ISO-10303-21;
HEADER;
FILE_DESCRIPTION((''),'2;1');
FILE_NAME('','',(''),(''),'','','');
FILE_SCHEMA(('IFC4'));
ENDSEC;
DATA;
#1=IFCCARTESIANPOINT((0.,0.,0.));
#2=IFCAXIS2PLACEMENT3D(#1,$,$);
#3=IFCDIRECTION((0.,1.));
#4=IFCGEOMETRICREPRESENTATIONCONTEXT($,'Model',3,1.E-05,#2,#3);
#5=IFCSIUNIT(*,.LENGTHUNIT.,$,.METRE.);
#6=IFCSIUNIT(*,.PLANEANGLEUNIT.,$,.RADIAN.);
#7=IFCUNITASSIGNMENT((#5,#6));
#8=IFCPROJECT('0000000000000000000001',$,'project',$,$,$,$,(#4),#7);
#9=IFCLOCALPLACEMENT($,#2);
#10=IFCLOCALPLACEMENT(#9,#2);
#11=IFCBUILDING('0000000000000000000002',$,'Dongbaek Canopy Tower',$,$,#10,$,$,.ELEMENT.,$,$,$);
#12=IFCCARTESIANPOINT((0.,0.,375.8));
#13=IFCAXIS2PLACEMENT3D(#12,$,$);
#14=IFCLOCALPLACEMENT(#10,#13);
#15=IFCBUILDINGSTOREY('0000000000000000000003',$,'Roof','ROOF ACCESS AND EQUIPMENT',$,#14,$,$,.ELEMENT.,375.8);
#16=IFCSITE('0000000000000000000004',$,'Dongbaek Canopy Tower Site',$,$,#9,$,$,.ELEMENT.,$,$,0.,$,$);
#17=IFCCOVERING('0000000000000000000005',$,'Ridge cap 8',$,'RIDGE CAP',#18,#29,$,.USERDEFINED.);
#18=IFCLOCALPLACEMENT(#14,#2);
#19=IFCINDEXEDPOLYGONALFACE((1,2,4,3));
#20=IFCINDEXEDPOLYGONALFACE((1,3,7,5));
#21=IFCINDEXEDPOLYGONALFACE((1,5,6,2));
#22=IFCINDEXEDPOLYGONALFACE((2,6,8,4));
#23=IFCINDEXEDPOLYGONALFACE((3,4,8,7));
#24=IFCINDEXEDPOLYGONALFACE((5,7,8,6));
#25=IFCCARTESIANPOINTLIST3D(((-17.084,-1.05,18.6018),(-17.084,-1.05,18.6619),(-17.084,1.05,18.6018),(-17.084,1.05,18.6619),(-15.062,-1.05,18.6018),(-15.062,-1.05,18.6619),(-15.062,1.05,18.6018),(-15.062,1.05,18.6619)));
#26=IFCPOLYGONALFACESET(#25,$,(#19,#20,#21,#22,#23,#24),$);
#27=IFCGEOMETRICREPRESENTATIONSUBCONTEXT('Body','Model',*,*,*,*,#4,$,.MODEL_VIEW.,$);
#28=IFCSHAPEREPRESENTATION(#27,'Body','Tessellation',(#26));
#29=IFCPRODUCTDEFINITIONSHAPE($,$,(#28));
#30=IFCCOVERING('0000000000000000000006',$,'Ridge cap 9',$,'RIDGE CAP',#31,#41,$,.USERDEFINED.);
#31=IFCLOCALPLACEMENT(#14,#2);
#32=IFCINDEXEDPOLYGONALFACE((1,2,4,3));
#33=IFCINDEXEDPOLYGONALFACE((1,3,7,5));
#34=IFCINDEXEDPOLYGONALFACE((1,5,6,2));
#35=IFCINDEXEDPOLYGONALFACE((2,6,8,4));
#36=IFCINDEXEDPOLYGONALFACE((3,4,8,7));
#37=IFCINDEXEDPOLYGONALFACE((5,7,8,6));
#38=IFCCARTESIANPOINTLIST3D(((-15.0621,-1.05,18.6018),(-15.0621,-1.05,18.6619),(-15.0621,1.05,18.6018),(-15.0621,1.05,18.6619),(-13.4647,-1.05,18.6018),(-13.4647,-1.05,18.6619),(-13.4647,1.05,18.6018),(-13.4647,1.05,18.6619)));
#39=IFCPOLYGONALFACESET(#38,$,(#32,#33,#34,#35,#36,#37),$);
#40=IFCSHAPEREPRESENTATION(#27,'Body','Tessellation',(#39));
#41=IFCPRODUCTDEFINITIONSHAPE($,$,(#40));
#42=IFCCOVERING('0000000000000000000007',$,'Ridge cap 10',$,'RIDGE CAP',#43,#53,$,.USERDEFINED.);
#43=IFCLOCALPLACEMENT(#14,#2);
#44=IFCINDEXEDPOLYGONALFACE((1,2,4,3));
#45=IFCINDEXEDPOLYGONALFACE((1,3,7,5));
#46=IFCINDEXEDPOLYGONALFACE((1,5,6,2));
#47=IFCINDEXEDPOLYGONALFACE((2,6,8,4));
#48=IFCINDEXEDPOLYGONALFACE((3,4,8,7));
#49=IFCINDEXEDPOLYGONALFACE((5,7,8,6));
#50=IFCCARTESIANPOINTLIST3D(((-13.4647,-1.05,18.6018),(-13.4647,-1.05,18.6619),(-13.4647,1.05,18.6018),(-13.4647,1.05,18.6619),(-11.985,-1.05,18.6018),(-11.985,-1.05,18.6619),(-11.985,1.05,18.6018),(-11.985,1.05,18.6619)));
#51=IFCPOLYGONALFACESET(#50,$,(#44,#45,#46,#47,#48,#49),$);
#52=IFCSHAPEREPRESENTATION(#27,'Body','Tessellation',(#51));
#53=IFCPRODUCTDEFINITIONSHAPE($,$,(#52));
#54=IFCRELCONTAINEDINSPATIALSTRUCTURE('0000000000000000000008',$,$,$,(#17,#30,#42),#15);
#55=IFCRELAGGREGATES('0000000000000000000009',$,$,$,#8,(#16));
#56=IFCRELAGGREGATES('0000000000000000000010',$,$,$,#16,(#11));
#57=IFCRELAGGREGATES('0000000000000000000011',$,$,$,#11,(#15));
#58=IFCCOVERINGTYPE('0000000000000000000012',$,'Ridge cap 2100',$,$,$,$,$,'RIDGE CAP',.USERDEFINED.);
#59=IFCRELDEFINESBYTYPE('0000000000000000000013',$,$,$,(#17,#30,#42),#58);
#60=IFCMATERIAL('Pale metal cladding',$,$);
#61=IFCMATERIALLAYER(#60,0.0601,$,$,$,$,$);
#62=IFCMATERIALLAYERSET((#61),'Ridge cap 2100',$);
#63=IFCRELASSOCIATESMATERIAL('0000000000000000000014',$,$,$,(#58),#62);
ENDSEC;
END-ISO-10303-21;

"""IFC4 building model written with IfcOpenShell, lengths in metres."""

from ifc_helpers import new_model, si_unit, direction, frame, origin, origin_2d, place, context, subcontext, project, spatial, rectangle, extrude, material, layer, layer_set, type_object, element, save


model = new_model("IFC4")

# Units and contexts
model_context = context("Model", 3, precision=1e-05, world=origin(), true_north=direction((0.0, 1.0)))
body_context = subcontext(model_context, "Body", "Model", "MODEL_VIEW")
ifc_project = project(units=[si_unit("LENGTHUNIT", "METRE"), si_unit("PLANEANGLEUNIT", "RADIAN")], contexts=[model_context])

# Site, building, storey
site_placement = place(None, origin())
site = spatial("IfcSite", under=ifc_project, at=site_placement, Name="Dongbaek Canopy Tower Site", CompositionType="ELEMENT", RefElevation=0.0)
building_placement = place(site_placement, origin())
building = spatial("IfcBuilding", under=site, at=building_placement, Name="Dongbaek Canopy Tower", CompositionType="ELEMENT")
storey_placement = place(building_placement, frame((0.0, 0.0, 375.8)))
storey = spatial("IfcBuildingStorey", under=building, at=storey_placement, Name="Roof", Description="ROOF ACCESS AND EQUIPMENT", CompositionType="ELEMENT", Elevation=375.8)

# Coverings
ifc_material_1 = material(Name="Pale metal cladding")
ifc_layer_1 = layer(ifc_material_1, 0.0601)
ifc_layer_set_1 = layer_set([ifc_layer_1], Name="Ridge cap 2100")
covering_type = type_object("IfcCoveringType", Name="Ridge cap 2100", ElementType="RIDGE CAP", PredefinedType="USERDEFINED", material=ifc_layer_set_1)
covering_1_placement = place(storey_placement, frame((-16.073, 0.0, 18.6018), z_axis=(0.0, 0.0, 1.0), x_axis=(1.0, 0.0, 0.0)))
element("IfcCovering", 1, at=covering_1_placement, inside=storey, type_object=covering_type, Name="Ridge cap 8", ObjectType="RIDGE CAP", PredefinedType="USERDEFINED", context=body_context, shape_type="SweptSolid", body=[
    extrude(rectangle(XDim=2.022, YDim=2.1001, at=origin_2d()), origin(), (0.0, 0.0, 1.0), 0.0601),
])
covering_2_placement = place(storey_placement, frame((-14.2634, 0.0, 18.6018), z_axis=(0.0, 0.0, 1.0), x_axis=(1.0, 0.0, 0.0)))
element("IfcCovering", 2, at=covering_2_placement, inside=storey, type_object=covering_type, Name="Ridge cap 9", ObjectType="RIDGE CAP", PredefinedType="USERDEFINED", context=body_context, shape_type="SweptSolid", body=[
    extrude(rectangle(XDim=1.5974, YDim=2.1001, at=origin_2d()), origin(), (0.0, 0.0, 1.0), 0.0601),
])
covering_3_placement = place(storey_placement, frame((-12.7249, 0.0, 18.6018), z_axis=(0.0, 0.0, 1.0), x_axis=(1.0, 0.0, 0.0)))
element("IfcCovering", 3, at=covering_3_placement, inside=storey, type_object=covering_type, Name="Ridge cap 10", ObjectType="RIDGE CAP", PredefinedType="USERDEFINED", context=body_context, shape_type="SweptSolid", body=[
    extrude(rectangle(XDim=1.4797, YDim=2.1001, at=origin_2d()), origin(), (0.0, 0.0, 1.0), 0.0601),
])

save(model, "model.ifc")
